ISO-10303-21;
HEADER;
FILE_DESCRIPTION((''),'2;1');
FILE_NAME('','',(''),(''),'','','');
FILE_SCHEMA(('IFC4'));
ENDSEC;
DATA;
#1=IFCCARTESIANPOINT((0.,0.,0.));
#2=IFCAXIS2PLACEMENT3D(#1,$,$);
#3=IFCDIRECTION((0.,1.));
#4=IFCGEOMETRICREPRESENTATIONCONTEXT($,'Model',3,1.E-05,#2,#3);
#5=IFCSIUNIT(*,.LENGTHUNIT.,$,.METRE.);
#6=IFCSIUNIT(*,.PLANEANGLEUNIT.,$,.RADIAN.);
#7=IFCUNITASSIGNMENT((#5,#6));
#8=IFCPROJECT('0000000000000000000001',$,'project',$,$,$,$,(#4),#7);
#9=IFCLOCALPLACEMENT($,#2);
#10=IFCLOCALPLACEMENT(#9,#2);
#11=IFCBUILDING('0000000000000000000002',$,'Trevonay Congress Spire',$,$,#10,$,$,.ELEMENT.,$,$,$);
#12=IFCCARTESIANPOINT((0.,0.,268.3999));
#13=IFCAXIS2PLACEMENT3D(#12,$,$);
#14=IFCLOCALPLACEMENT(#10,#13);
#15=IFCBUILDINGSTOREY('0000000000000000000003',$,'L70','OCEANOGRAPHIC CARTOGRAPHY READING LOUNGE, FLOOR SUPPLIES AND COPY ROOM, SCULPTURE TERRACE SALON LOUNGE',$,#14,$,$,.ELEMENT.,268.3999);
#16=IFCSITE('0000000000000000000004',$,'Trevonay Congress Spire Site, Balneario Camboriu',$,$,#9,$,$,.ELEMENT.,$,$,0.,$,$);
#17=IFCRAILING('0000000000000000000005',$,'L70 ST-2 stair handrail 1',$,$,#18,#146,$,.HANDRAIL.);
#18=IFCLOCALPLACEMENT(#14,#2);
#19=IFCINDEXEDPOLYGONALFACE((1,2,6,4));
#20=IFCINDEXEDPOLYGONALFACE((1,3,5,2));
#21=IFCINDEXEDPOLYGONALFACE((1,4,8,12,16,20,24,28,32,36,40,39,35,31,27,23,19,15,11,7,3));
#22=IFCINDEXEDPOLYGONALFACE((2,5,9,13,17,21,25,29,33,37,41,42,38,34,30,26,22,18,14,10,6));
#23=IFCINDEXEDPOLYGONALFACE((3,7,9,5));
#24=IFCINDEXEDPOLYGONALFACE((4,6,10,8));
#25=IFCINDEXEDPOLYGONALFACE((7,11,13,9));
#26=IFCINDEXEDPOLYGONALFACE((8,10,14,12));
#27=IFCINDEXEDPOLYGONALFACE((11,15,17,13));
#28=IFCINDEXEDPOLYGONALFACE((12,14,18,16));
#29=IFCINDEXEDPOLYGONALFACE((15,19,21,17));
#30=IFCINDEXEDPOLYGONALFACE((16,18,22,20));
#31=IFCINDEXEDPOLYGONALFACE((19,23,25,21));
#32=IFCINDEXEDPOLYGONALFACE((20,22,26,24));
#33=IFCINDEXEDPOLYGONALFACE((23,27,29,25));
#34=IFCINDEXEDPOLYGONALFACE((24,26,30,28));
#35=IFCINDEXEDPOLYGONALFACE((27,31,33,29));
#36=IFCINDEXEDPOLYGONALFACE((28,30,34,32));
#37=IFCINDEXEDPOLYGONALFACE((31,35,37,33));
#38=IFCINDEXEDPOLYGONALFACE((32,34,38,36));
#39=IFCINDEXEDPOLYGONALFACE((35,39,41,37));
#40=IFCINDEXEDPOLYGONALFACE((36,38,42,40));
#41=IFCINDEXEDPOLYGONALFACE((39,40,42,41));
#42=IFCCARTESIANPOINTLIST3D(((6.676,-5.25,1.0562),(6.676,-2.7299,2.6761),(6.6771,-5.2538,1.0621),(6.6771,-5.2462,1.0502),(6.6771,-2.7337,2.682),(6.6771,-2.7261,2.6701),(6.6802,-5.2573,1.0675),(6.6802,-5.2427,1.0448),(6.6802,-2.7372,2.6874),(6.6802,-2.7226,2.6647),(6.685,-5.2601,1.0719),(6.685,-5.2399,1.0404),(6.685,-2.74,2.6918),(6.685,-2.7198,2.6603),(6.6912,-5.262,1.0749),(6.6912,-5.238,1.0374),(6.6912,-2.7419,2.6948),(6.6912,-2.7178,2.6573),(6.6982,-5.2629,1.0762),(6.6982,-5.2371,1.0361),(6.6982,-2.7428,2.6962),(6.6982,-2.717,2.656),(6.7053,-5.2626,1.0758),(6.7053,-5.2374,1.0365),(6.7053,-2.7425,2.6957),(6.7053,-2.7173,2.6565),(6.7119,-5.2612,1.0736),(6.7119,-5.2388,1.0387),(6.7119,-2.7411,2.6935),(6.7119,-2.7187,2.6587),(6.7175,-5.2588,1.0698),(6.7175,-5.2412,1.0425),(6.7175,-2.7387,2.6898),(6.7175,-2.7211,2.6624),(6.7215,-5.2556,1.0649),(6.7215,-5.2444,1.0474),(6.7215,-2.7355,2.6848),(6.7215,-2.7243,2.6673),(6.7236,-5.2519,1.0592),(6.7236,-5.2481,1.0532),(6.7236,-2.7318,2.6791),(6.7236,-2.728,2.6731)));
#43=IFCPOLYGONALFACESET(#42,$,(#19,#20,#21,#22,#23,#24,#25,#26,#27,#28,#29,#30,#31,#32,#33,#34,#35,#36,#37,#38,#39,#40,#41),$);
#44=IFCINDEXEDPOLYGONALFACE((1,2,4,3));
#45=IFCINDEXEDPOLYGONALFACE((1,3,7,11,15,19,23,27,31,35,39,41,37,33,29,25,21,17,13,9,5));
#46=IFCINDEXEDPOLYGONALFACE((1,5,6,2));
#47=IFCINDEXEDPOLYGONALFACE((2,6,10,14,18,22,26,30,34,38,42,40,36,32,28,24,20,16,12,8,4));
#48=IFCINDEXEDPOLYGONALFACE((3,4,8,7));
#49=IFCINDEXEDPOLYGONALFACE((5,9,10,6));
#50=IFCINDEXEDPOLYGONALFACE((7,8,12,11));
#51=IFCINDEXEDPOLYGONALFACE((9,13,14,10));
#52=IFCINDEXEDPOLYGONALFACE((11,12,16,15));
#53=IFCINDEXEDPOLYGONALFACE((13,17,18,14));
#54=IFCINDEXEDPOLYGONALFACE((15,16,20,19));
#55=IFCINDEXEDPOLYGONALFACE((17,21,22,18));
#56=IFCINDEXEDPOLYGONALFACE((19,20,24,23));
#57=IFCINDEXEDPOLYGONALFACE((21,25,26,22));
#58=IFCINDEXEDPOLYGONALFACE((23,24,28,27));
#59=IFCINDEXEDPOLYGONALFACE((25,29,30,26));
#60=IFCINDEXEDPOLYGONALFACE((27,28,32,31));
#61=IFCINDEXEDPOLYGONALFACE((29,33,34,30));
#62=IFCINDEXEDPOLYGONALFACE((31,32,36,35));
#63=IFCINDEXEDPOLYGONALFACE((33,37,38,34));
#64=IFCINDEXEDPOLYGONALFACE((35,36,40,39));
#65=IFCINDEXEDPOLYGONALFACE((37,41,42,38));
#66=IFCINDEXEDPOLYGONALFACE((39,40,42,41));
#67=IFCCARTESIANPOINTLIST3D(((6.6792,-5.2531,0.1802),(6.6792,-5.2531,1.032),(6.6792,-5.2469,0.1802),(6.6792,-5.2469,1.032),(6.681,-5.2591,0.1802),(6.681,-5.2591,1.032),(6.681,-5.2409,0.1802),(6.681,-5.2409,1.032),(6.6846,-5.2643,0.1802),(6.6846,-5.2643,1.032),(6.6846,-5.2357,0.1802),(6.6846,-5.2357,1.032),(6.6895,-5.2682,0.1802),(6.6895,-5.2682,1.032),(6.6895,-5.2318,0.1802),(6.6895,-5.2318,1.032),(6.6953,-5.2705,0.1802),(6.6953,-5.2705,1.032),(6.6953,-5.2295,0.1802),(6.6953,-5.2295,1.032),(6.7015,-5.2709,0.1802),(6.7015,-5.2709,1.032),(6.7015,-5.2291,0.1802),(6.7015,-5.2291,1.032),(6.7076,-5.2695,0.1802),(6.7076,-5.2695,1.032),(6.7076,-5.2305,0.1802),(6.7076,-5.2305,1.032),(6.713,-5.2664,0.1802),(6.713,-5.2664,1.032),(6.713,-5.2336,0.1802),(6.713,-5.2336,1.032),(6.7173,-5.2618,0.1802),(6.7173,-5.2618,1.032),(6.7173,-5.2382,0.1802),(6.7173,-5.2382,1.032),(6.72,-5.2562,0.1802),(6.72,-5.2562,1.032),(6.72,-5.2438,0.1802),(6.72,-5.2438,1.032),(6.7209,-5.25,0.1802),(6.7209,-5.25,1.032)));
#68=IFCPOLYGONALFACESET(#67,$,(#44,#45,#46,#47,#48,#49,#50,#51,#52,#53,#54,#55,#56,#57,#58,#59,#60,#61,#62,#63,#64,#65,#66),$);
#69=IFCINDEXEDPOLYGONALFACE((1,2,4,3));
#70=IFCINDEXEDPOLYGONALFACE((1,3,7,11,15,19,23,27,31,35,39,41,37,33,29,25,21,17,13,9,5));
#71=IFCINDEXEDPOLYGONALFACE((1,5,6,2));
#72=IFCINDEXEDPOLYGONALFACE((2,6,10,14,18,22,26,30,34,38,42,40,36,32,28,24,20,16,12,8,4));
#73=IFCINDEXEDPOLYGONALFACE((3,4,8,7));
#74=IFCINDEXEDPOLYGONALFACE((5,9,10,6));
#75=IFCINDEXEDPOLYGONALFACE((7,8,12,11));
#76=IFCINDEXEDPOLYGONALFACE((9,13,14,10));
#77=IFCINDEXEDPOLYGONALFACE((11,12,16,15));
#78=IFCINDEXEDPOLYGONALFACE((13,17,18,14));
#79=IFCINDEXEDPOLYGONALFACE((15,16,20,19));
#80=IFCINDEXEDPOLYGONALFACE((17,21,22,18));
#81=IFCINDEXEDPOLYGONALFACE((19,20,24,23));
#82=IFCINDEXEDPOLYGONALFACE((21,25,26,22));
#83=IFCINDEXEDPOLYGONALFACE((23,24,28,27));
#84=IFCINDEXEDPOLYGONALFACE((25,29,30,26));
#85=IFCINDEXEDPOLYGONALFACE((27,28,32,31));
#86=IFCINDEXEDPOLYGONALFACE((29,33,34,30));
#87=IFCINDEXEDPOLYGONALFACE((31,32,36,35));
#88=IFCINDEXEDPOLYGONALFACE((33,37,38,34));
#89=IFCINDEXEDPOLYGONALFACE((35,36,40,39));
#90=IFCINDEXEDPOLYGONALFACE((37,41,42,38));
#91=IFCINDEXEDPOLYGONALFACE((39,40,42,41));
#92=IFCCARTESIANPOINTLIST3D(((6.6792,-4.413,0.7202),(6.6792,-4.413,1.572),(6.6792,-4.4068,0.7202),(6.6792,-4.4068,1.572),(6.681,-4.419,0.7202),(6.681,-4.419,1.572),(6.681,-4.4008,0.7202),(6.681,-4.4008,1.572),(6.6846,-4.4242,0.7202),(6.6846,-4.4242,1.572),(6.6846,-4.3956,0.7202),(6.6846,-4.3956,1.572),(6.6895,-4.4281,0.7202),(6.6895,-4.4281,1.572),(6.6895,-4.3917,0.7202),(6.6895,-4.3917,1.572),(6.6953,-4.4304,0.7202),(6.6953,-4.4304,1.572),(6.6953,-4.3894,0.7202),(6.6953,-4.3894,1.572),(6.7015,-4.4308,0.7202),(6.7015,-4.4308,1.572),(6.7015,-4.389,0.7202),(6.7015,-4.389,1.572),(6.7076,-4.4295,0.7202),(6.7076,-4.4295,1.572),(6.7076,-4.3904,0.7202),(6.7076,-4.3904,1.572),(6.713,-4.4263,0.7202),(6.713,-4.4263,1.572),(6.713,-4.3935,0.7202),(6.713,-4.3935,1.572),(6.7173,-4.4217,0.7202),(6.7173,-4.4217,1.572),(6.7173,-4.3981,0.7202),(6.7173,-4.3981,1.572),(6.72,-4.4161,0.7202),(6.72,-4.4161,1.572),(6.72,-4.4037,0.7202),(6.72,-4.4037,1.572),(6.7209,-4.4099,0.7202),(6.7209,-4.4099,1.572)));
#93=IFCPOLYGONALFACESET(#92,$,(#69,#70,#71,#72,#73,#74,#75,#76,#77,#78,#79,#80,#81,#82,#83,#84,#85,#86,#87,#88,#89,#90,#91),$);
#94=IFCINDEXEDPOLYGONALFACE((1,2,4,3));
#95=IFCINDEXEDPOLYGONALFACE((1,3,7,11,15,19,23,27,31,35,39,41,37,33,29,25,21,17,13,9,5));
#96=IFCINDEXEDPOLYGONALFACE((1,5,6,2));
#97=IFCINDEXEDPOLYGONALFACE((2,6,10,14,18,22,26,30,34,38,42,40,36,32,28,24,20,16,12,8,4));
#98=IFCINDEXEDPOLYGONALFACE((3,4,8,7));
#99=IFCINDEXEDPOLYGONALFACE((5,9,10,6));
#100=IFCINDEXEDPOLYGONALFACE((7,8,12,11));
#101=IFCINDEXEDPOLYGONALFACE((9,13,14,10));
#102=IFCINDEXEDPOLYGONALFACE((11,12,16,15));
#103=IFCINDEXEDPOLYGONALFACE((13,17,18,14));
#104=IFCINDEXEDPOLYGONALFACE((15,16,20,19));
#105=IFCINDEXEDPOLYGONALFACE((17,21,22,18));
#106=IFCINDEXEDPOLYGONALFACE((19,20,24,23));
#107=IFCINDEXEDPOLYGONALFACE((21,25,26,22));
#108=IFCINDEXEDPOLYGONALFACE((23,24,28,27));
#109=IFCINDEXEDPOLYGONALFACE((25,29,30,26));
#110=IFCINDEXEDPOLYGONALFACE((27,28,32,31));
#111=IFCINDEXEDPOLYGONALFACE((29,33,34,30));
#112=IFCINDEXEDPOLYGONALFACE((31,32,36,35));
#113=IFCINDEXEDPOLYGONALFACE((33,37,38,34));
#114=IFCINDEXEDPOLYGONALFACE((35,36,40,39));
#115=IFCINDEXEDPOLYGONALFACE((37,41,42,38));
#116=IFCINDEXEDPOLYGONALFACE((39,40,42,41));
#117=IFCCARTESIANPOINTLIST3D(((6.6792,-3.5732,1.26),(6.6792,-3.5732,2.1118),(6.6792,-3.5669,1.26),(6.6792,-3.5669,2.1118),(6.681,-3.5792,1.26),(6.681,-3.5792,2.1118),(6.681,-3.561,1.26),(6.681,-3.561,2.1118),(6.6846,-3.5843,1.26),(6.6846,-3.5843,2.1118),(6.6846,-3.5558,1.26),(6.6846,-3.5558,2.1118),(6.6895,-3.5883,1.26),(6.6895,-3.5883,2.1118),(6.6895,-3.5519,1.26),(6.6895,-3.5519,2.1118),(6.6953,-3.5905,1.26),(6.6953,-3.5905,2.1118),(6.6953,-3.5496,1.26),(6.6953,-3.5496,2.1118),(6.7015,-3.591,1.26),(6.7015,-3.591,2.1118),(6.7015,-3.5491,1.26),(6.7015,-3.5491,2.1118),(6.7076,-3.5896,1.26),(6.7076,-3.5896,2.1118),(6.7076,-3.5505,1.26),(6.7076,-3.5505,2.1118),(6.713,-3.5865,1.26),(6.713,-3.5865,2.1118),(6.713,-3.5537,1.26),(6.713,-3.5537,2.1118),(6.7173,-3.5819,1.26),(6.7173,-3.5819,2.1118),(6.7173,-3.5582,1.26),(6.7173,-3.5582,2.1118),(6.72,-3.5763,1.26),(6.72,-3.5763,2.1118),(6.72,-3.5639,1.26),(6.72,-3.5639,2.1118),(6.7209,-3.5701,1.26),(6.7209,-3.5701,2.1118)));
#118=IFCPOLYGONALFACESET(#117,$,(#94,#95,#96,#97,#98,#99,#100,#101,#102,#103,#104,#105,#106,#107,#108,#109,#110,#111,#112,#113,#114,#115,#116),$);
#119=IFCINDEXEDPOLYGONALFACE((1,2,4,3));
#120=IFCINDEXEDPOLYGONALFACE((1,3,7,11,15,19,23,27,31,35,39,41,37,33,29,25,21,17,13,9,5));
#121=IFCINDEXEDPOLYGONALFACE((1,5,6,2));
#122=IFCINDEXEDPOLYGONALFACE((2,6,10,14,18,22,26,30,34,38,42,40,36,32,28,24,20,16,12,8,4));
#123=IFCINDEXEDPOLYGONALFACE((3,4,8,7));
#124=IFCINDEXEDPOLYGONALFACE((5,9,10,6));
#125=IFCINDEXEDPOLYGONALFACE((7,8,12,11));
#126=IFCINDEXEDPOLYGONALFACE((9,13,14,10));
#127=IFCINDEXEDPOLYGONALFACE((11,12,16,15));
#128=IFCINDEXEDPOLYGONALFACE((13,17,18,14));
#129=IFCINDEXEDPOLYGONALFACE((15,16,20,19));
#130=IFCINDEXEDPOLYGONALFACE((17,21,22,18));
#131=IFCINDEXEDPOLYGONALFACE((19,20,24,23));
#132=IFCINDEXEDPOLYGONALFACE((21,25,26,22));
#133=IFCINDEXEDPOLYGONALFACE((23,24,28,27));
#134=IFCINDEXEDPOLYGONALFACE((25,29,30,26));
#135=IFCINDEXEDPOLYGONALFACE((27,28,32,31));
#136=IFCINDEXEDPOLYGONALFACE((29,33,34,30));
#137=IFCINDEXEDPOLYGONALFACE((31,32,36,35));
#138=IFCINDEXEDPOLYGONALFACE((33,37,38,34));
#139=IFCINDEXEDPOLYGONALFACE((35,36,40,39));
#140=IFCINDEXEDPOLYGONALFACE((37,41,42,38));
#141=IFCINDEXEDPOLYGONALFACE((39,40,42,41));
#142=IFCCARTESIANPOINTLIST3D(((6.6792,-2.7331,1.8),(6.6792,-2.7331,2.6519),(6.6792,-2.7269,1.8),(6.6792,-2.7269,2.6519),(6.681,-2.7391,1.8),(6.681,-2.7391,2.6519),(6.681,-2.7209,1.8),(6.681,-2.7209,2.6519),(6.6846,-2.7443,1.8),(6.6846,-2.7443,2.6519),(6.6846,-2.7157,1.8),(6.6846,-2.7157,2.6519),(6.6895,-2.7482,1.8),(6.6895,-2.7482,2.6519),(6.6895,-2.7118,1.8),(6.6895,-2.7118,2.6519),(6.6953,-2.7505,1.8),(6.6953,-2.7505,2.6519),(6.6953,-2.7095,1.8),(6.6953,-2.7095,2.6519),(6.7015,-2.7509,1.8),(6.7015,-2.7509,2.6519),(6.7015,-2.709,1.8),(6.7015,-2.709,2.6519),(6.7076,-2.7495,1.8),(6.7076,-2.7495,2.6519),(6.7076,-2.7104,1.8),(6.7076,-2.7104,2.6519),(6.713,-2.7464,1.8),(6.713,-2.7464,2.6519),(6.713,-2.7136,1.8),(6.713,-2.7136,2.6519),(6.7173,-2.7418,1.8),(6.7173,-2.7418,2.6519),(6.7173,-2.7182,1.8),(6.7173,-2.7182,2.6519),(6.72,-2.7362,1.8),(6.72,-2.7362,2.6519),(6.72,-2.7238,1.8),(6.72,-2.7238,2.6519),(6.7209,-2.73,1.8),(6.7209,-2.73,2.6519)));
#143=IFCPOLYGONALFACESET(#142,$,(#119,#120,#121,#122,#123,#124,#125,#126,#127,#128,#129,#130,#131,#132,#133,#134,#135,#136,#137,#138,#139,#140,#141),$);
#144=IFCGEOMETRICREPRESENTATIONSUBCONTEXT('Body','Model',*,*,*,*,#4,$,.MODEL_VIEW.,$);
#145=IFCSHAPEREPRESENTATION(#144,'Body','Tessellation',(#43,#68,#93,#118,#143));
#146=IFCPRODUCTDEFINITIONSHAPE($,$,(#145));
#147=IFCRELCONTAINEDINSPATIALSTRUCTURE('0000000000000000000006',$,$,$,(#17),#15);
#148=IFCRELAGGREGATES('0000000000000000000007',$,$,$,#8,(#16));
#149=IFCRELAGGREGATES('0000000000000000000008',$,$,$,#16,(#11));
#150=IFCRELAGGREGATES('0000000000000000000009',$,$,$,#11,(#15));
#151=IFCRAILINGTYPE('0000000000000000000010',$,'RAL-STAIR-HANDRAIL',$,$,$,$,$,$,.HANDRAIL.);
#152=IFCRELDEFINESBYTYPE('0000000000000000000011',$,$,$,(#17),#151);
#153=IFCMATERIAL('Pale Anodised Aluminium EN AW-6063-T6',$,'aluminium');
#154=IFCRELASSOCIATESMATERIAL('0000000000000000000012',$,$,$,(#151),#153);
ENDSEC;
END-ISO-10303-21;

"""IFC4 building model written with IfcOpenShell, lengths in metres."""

from ifc_helpers import new_model, si_unit, direction, frame, origin, origin_2d, place, context, subcontext, project, spatial, circle, extrude, material, type_object, element, save


model = new_model("IFC4")

# Units and contexts
model_context = context("Model", 3, precision=1e-05, world=origin(), true_north=direction((0.0, 1.0)))
body_context = subcontext(model_context, "Body", "Model", "MODEL_VIEW")
ifc_project = project(units=[si_unit("LENGTHUNIT", "METRE"), si_unit("PLANEANGLEUNIT", "RADIAN")], contexts=[model_context])

# Site, building, storey
site_placement = place(None, origin())
site = spatial("IfcSite", under=ifc_project, at=site_placement, Name="Trevonay Congress Spire Site, Balneario Camboriu", CompositionType="ELEMENT", RefElevation=0.0)
building_placement = place(site_placement, origin())
building = spatial("IfcBuilding", under=site, at=building_placement, Name="Trevonay Congress Spire", CompositionType="ELEMENT")
storey_placement = place(building_placement, frame((0.0, 0.0, 268.3999)))
storey = spatial("IfcBuildingStorey", under=building, at=storey_placement, Name="L70", Description="OCEANOGRAPHIC CARTOGRAPHY READING LOUNGE, FLOOR SUPPLIES AND COPY ROOM, SCULPTURE TERRACE SALON LOUNGE", CompositionType="ELEMENT", Elevation=268.3999)

# Shared definitions
ifc_material_1 = material(Name="Pale Anodised Aluminium EN AW-6063-T6", Category="aluminium")

# Railing
railing_type_1 = type_object("IfcRailingType", Name="RAL-STAIR-HANDRAIL", PredefinedType="HANDRAIL", material=ifc_material_1)
railing_1_placement = place(storey_placement, frame((6.7, -5.25, 0.1802)))
element("IfcRailing", 1, at=railing_1_placement, inside=storey, type_object=railing_type_1, Name="L70 ST-2 stair handrail 1", PredefinedType="HANDRAIL", context=body_context, shape_type="SweptSolid", body=[
    extrude(circle(Radius=0.0239, at=origin_2d()), frame((0.0, 0.0, 0.876), z_axis=(0.0, 0.8412, 0.540725), x_axis=(-1.0, 0.0, 0.0)), (0.0, 0.0, 1.0), 2.9958),
    extrude(circle(Radius=0.021, at=origin_2d()), origin(), (0.0, 0.0, 1.0), 0.8518),
    extrude(circle(Radius=0.021, at=origin_2d()), frame((0.0, 0.8401, 0.54)), (0.0, 0.0, 1.0), 0.8518),
    extrude(circle(Radius=0.021, at=origin_2d()), frame((0.0, 1.6799, 1.0798)), (0.0, 0.0, 1.0), 0.8518),
    extrude(circle(Radius=0.021, at=origin_2d()), frame((0.0, 2.52, 1.6199)), (0.0, 0.0, 1.0), 0.8518),
])

save(model, "model.ifc")
